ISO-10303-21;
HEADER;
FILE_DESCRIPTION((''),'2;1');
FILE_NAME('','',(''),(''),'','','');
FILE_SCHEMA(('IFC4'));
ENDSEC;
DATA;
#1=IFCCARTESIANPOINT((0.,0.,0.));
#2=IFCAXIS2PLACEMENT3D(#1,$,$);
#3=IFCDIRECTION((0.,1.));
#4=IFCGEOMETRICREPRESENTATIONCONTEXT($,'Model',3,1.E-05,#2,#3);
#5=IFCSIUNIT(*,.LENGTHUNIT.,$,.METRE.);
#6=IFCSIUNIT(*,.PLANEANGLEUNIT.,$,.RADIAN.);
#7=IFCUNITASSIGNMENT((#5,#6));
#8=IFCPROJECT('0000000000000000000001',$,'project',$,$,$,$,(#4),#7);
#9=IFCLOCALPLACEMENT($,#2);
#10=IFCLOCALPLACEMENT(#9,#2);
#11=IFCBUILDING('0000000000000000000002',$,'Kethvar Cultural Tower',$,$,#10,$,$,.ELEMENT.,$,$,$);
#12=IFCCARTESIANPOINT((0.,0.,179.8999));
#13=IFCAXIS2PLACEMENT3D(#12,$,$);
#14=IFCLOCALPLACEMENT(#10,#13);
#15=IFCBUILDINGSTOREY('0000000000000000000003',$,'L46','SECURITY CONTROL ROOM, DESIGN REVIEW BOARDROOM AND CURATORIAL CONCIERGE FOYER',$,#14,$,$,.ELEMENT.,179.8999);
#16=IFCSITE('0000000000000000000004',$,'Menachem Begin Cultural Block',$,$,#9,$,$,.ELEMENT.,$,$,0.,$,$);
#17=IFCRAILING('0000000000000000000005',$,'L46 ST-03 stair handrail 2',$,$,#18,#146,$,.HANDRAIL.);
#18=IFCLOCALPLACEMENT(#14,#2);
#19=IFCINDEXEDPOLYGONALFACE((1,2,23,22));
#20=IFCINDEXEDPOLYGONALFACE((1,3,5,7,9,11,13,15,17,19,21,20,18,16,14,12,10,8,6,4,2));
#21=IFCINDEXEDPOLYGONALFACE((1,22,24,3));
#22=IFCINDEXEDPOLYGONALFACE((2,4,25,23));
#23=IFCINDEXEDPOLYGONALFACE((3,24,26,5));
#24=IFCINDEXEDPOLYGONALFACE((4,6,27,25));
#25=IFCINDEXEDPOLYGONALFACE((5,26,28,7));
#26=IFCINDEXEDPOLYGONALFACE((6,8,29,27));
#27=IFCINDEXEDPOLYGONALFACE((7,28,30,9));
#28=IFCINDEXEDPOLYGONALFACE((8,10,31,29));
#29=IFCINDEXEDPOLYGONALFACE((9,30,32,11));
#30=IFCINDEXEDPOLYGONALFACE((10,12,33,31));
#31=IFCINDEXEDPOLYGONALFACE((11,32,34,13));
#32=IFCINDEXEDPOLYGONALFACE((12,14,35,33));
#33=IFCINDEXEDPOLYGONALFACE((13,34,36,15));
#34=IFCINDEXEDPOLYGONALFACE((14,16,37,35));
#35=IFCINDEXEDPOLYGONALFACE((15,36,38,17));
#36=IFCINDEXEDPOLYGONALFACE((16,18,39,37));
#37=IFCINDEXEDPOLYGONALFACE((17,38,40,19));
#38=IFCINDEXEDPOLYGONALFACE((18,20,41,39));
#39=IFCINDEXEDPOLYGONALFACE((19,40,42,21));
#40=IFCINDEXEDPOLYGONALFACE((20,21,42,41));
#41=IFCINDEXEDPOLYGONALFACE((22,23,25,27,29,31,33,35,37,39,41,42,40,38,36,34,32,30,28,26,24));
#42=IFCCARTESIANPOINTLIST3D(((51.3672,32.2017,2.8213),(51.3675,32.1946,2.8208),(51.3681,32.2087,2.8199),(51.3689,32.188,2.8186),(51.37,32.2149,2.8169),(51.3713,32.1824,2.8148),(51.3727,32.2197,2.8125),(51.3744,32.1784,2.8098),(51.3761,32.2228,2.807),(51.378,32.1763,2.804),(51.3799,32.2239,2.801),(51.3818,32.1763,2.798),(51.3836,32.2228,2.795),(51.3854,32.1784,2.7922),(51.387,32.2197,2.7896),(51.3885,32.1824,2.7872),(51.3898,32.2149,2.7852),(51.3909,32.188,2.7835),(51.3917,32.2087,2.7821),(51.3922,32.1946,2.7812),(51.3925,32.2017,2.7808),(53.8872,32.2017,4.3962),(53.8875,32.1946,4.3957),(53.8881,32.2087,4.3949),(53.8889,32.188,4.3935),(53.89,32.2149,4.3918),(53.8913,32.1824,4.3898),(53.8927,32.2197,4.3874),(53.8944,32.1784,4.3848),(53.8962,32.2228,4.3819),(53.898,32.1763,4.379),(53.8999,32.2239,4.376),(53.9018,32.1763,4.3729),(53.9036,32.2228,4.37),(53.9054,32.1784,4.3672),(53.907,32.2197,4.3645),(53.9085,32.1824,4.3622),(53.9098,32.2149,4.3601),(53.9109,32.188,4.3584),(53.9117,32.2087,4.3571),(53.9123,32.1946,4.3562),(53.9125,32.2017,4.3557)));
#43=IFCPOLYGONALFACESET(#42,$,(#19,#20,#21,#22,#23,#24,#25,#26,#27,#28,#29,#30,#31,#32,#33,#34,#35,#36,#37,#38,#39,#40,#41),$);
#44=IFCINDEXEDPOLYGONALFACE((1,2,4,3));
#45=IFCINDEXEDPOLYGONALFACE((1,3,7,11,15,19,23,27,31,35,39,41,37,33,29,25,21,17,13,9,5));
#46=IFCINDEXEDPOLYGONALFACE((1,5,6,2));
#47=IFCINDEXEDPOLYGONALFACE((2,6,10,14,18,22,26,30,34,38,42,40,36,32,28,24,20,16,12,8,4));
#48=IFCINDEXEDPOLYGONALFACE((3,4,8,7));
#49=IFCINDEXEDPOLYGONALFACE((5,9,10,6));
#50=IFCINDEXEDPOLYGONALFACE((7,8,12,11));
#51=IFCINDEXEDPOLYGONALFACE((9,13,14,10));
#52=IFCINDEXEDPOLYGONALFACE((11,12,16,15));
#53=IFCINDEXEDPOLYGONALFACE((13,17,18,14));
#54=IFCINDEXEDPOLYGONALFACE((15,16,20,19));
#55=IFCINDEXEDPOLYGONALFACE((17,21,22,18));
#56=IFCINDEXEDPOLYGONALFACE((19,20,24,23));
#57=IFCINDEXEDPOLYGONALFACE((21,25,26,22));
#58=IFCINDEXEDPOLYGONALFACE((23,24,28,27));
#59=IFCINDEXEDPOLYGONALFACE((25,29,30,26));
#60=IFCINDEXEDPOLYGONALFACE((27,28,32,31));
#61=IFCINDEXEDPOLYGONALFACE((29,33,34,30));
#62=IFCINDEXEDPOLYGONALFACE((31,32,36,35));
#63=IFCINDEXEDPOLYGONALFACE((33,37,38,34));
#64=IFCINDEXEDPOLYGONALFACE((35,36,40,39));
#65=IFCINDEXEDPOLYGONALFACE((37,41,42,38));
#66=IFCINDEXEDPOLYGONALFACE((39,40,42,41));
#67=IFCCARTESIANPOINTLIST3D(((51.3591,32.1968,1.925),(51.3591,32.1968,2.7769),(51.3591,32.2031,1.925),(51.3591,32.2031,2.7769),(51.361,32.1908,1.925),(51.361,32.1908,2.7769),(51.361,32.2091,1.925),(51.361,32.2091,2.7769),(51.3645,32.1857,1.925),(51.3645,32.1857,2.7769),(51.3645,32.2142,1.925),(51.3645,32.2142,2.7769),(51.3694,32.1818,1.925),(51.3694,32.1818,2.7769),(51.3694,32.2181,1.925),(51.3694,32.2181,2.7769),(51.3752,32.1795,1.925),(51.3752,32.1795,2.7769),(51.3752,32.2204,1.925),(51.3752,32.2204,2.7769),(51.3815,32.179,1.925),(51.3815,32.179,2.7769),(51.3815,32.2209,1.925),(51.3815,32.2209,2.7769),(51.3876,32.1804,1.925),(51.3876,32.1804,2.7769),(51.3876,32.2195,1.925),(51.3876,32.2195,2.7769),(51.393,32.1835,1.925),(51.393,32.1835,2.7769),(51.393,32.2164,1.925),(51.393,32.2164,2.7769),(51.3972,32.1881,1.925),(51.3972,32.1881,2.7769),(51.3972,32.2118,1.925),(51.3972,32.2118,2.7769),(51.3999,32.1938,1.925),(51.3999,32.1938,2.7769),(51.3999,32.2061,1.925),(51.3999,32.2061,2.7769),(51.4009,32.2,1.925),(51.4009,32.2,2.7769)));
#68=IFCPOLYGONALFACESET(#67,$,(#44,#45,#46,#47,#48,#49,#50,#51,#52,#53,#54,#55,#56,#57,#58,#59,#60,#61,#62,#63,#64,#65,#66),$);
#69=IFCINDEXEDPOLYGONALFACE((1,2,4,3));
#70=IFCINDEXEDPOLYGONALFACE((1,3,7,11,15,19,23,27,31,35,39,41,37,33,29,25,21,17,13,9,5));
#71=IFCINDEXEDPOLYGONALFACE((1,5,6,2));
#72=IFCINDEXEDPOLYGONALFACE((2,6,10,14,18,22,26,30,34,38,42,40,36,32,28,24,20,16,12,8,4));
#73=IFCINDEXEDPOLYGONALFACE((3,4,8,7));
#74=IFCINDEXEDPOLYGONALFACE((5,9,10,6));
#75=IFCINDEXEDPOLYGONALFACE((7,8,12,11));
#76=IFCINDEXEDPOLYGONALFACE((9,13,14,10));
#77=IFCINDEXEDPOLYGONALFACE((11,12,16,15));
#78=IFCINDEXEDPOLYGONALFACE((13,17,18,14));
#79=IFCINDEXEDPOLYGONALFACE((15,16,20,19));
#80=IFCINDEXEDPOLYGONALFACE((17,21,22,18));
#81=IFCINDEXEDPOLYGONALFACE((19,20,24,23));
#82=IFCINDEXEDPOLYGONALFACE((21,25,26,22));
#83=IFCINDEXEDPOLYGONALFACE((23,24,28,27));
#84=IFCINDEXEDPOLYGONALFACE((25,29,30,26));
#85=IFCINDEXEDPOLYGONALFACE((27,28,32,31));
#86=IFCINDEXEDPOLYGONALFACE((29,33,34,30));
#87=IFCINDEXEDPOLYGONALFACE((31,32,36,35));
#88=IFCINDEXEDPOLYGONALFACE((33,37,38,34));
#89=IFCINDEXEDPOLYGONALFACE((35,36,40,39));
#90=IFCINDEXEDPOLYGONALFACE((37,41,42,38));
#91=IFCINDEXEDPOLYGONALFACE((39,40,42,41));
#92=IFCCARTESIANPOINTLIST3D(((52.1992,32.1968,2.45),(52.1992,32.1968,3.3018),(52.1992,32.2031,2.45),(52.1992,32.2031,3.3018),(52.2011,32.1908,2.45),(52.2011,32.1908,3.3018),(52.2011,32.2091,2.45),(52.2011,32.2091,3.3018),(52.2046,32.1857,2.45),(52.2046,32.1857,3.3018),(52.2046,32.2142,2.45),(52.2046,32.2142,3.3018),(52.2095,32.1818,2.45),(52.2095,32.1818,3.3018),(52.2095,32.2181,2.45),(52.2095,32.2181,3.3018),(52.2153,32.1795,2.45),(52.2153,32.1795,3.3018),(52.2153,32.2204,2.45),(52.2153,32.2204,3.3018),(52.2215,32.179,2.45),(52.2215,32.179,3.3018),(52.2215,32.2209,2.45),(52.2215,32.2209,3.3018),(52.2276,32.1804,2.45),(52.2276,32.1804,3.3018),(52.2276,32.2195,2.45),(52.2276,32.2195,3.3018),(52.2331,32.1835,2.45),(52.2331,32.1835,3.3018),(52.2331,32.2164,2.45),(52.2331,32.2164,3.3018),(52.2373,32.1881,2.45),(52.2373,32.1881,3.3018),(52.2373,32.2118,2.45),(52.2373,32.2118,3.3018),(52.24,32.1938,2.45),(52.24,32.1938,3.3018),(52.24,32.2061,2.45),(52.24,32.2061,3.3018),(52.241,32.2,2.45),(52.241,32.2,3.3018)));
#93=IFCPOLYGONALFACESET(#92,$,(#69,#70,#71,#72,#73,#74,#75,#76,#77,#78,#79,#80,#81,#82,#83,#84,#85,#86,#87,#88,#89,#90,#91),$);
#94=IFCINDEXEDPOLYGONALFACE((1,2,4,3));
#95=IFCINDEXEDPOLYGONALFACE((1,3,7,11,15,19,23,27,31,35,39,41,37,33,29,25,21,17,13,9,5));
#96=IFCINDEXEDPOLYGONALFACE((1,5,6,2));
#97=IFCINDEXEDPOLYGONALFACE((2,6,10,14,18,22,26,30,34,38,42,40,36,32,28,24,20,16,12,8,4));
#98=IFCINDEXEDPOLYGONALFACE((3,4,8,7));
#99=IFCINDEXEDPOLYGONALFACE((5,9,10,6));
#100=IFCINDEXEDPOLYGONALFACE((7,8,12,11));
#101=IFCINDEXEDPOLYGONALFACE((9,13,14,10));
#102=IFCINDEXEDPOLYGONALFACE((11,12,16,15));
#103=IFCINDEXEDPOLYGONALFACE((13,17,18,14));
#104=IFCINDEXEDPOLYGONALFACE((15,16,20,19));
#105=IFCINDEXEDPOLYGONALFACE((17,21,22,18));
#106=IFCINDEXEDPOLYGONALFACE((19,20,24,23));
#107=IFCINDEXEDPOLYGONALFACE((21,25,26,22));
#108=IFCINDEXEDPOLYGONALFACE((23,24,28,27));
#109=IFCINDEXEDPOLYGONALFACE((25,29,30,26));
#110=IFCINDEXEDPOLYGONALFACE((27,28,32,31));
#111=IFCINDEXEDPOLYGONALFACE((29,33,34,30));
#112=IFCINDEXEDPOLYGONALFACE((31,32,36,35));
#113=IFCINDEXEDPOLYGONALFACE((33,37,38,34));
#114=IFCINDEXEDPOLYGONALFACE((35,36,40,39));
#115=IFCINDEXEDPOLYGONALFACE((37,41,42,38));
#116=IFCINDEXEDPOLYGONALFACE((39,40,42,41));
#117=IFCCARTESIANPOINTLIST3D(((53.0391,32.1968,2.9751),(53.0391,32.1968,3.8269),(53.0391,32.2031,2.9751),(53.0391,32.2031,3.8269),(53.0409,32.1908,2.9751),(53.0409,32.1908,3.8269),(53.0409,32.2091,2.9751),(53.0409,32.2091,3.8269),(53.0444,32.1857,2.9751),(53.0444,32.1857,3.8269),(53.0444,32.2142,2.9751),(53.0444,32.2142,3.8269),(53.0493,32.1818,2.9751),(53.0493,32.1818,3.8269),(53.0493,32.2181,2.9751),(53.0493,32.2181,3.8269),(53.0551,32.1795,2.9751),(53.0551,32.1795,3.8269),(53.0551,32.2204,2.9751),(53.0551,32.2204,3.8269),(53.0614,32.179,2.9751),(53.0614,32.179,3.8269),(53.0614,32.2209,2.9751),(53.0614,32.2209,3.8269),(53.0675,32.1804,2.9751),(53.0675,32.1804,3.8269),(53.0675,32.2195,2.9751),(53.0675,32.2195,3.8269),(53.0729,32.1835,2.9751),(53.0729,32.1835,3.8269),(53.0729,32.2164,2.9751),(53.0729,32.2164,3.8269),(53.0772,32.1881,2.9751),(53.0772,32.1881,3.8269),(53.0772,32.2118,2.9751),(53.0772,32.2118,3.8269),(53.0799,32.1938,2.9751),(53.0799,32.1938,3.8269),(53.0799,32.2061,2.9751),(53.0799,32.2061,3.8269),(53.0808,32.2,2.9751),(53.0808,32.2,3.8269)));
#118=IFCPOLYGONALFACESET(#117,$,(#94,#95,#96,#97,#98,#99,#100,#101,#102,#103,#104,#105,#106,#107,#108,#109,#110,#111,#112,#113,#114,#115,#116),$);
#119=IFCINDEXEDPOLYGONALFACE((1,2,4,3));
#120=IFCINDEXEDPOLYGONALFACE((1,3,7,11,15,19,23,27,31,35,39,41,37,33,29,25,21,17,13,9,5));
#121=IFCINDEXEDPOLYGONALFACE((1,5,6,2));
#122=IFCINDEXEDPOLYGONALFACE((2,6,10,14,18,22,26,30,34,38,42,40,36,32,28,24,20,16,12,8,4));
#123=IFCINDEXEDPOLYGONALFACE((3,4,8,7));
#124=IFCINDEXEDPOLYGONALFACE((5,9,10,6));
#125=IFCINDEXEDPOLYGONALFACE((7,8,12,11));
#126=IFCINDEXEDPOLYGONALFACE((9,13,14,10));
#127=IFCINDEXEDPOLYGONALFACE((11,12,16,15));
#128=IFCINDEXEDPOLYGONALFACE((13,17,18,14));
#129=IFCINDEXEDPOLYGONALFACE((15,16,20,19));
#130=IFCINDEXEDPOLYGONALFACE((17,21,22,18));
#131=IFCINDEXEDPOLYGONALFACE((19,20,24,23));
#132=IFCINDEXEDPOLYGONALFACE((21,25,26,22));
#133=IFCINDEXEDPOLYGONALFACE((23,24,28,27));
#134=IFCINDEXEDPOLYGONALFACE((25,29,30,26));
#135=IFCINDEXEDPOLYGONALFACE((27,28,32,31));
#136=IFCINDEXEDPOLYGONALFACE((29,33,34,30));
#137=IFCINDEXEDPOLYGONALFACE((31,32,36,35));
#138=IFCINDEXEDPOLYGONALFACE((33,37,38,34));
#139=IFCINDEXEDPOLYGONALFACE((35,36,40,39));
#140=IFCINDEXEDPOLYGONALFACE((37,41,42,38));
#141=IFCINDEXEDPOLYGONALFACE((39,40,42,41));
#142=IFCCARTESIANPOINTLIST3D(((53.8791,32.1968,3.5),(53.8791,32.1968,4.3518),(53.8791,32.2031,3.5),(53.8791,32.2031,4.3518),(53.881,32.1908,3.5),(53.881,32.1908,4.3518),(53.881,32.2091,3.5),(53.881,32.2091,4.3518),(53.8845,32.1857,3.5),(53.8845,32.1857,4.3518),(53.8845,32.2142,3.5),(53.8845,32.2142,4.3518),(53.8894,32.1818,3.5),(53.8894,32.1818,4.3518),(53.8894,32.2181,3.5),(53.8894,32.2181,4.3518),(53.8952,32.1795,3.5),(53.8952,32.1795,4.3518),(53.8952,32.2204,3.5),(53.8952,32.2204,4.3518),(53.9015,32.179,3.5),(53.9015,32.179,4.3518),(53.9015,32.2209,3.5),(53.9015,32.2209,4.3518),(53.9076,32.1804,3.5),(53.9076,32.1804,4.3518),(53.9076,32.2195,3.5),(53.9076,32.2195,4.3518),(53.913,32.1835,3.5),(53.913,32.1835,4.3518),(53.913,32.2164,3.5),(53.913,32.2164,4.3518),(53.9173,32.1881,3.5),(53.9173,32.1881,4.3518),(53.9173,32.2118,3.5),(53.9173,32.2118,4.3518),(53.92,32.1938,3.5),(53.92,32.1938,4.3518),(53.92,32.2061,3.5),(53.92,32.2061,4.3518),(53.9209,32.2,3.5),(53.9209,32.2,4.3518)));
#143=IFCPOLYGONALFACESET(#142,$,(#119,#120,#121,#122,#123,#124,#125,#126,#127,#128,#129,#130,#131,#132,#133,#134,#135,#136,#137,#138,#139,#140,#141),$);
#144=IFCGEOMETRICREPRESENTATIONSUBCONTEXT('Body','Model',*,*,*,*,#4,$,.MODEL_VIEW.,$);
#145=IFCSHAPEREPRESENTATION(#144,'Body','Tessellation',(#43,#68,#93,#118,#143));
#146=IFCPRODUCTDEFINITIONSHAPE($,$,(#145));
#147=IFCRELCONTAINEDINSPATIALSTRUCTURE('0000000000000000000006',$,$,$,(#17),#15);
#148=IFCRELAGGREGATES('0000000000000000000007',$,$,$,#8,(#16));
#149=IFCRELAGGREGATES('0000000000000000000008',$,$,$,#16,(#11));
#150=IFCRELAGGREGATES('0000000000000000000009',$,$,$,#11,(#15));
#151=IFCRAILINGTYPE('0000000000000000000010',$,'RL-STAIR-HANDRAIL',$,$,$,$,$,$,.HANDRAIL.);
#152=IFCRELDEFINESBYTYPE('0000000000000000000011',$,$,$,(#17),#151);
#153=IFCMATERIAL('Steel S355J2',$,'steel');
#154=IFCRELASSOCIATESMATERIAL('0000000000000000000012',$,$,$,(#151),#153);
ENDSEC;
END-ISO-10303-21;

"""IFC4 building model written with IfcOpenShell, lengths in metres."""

from ifc_helpers import new_model, si_unit, direction, frame, origin, origin_2d, place, context, subcontext, project, spatial, circle, extrude, material, type_object, element, save


model = new_model("IFC4")

# Units and contexts
model_context = context("Model", 3, precision=1e-05, world=origin(), true_north=direction((0.0, 1.0)))
body_context = subcontext(model_context, "Body", "Model", "MODEL_VIEW")
ifc_project = project(units=[si_unit("LENGTHUNIT", "METRE"), si_unit("PLANEANGLEUNIT", "RADIAN")], contexts=[model_context])

# Site, building, storey
site_placement = place(None, origin())
site = spatial("IfcSite", under=ifc_project, at=site_placement, Name="Menachem Begin Cultural Block", CompositionType="ELEMENT", RefElevation=0.0)
building_placement = place(site_placement, origin())
building = spatial("IfcBuilding", under=site, at=building_placement, Name="Kethvar Cultural Tower", CompositionType="ELEMENT")
storey_placement = place(building_placement, frame((0.0, 0.0, 179.8999)))
storey = spatial("IfcBuildingStorey", under=building, at=storey_placement, Name="L46", Description="SECURITY CONTROL ROOM, DESIGN REVIEW BOARDROOM AND CURATORIAL CONCIERGE FOYER", CompositionType="ELEMENT", Elevation=179.8999)

# Shared definitions
ifc_material_1 = material(Name="Steel S355J2", Category="steel")

# Railing
railing_type_1 = type_object("IfcRailingType", Name="RL-STAIR-HANDRAIL", PredefinedType="HANDRAIL", material=ifc_material_1)
railing_1_placement = place(storey_placement, frame((51.3799, 32.2, 1.925)))
element("IfcRailing", 1, at=railing_1_placement, inside=storey, type_object=railing_type_1, Name="L46 ST-03 stair handrail 2", PredefinedType="HANDRAIL", context=body_context, shape_type="SweptSolid", body=[
    extrude(circle(Radius=0.0239, at=origin_2d()), frame((0.0, 0.0, 0.876), z_axis=(0.848008, 0.0, 0.529984), x_axis=(0.0, 1.0, 0.0)), (0.0, 0.0, 1.0), 2.9717),
    extrude(circle(Radius=0.021, at=origin_2d()), origin(), (0.0, 0.0, 1.0), 0.8518),
    extrude(circle(Radius=0.021, at=origin_2d()), frame((0.8401, 0.0, 0.5249)), (0.0, 0.0, 1.0), 0.8518),
    extrude(circle(Radius=0.021, at=origin_2d()), frame((1.6799, 0.0, 1.05)), (0.0, 0.0, 1.0), 0.8518),
    extrude(circle(Radius=0.021, at=origin_2d()), frame((2.52, 0.0, 1.575)), (0.0, 0.0, 1.0), 0.8518),
])

save(model, "model.ifc")
